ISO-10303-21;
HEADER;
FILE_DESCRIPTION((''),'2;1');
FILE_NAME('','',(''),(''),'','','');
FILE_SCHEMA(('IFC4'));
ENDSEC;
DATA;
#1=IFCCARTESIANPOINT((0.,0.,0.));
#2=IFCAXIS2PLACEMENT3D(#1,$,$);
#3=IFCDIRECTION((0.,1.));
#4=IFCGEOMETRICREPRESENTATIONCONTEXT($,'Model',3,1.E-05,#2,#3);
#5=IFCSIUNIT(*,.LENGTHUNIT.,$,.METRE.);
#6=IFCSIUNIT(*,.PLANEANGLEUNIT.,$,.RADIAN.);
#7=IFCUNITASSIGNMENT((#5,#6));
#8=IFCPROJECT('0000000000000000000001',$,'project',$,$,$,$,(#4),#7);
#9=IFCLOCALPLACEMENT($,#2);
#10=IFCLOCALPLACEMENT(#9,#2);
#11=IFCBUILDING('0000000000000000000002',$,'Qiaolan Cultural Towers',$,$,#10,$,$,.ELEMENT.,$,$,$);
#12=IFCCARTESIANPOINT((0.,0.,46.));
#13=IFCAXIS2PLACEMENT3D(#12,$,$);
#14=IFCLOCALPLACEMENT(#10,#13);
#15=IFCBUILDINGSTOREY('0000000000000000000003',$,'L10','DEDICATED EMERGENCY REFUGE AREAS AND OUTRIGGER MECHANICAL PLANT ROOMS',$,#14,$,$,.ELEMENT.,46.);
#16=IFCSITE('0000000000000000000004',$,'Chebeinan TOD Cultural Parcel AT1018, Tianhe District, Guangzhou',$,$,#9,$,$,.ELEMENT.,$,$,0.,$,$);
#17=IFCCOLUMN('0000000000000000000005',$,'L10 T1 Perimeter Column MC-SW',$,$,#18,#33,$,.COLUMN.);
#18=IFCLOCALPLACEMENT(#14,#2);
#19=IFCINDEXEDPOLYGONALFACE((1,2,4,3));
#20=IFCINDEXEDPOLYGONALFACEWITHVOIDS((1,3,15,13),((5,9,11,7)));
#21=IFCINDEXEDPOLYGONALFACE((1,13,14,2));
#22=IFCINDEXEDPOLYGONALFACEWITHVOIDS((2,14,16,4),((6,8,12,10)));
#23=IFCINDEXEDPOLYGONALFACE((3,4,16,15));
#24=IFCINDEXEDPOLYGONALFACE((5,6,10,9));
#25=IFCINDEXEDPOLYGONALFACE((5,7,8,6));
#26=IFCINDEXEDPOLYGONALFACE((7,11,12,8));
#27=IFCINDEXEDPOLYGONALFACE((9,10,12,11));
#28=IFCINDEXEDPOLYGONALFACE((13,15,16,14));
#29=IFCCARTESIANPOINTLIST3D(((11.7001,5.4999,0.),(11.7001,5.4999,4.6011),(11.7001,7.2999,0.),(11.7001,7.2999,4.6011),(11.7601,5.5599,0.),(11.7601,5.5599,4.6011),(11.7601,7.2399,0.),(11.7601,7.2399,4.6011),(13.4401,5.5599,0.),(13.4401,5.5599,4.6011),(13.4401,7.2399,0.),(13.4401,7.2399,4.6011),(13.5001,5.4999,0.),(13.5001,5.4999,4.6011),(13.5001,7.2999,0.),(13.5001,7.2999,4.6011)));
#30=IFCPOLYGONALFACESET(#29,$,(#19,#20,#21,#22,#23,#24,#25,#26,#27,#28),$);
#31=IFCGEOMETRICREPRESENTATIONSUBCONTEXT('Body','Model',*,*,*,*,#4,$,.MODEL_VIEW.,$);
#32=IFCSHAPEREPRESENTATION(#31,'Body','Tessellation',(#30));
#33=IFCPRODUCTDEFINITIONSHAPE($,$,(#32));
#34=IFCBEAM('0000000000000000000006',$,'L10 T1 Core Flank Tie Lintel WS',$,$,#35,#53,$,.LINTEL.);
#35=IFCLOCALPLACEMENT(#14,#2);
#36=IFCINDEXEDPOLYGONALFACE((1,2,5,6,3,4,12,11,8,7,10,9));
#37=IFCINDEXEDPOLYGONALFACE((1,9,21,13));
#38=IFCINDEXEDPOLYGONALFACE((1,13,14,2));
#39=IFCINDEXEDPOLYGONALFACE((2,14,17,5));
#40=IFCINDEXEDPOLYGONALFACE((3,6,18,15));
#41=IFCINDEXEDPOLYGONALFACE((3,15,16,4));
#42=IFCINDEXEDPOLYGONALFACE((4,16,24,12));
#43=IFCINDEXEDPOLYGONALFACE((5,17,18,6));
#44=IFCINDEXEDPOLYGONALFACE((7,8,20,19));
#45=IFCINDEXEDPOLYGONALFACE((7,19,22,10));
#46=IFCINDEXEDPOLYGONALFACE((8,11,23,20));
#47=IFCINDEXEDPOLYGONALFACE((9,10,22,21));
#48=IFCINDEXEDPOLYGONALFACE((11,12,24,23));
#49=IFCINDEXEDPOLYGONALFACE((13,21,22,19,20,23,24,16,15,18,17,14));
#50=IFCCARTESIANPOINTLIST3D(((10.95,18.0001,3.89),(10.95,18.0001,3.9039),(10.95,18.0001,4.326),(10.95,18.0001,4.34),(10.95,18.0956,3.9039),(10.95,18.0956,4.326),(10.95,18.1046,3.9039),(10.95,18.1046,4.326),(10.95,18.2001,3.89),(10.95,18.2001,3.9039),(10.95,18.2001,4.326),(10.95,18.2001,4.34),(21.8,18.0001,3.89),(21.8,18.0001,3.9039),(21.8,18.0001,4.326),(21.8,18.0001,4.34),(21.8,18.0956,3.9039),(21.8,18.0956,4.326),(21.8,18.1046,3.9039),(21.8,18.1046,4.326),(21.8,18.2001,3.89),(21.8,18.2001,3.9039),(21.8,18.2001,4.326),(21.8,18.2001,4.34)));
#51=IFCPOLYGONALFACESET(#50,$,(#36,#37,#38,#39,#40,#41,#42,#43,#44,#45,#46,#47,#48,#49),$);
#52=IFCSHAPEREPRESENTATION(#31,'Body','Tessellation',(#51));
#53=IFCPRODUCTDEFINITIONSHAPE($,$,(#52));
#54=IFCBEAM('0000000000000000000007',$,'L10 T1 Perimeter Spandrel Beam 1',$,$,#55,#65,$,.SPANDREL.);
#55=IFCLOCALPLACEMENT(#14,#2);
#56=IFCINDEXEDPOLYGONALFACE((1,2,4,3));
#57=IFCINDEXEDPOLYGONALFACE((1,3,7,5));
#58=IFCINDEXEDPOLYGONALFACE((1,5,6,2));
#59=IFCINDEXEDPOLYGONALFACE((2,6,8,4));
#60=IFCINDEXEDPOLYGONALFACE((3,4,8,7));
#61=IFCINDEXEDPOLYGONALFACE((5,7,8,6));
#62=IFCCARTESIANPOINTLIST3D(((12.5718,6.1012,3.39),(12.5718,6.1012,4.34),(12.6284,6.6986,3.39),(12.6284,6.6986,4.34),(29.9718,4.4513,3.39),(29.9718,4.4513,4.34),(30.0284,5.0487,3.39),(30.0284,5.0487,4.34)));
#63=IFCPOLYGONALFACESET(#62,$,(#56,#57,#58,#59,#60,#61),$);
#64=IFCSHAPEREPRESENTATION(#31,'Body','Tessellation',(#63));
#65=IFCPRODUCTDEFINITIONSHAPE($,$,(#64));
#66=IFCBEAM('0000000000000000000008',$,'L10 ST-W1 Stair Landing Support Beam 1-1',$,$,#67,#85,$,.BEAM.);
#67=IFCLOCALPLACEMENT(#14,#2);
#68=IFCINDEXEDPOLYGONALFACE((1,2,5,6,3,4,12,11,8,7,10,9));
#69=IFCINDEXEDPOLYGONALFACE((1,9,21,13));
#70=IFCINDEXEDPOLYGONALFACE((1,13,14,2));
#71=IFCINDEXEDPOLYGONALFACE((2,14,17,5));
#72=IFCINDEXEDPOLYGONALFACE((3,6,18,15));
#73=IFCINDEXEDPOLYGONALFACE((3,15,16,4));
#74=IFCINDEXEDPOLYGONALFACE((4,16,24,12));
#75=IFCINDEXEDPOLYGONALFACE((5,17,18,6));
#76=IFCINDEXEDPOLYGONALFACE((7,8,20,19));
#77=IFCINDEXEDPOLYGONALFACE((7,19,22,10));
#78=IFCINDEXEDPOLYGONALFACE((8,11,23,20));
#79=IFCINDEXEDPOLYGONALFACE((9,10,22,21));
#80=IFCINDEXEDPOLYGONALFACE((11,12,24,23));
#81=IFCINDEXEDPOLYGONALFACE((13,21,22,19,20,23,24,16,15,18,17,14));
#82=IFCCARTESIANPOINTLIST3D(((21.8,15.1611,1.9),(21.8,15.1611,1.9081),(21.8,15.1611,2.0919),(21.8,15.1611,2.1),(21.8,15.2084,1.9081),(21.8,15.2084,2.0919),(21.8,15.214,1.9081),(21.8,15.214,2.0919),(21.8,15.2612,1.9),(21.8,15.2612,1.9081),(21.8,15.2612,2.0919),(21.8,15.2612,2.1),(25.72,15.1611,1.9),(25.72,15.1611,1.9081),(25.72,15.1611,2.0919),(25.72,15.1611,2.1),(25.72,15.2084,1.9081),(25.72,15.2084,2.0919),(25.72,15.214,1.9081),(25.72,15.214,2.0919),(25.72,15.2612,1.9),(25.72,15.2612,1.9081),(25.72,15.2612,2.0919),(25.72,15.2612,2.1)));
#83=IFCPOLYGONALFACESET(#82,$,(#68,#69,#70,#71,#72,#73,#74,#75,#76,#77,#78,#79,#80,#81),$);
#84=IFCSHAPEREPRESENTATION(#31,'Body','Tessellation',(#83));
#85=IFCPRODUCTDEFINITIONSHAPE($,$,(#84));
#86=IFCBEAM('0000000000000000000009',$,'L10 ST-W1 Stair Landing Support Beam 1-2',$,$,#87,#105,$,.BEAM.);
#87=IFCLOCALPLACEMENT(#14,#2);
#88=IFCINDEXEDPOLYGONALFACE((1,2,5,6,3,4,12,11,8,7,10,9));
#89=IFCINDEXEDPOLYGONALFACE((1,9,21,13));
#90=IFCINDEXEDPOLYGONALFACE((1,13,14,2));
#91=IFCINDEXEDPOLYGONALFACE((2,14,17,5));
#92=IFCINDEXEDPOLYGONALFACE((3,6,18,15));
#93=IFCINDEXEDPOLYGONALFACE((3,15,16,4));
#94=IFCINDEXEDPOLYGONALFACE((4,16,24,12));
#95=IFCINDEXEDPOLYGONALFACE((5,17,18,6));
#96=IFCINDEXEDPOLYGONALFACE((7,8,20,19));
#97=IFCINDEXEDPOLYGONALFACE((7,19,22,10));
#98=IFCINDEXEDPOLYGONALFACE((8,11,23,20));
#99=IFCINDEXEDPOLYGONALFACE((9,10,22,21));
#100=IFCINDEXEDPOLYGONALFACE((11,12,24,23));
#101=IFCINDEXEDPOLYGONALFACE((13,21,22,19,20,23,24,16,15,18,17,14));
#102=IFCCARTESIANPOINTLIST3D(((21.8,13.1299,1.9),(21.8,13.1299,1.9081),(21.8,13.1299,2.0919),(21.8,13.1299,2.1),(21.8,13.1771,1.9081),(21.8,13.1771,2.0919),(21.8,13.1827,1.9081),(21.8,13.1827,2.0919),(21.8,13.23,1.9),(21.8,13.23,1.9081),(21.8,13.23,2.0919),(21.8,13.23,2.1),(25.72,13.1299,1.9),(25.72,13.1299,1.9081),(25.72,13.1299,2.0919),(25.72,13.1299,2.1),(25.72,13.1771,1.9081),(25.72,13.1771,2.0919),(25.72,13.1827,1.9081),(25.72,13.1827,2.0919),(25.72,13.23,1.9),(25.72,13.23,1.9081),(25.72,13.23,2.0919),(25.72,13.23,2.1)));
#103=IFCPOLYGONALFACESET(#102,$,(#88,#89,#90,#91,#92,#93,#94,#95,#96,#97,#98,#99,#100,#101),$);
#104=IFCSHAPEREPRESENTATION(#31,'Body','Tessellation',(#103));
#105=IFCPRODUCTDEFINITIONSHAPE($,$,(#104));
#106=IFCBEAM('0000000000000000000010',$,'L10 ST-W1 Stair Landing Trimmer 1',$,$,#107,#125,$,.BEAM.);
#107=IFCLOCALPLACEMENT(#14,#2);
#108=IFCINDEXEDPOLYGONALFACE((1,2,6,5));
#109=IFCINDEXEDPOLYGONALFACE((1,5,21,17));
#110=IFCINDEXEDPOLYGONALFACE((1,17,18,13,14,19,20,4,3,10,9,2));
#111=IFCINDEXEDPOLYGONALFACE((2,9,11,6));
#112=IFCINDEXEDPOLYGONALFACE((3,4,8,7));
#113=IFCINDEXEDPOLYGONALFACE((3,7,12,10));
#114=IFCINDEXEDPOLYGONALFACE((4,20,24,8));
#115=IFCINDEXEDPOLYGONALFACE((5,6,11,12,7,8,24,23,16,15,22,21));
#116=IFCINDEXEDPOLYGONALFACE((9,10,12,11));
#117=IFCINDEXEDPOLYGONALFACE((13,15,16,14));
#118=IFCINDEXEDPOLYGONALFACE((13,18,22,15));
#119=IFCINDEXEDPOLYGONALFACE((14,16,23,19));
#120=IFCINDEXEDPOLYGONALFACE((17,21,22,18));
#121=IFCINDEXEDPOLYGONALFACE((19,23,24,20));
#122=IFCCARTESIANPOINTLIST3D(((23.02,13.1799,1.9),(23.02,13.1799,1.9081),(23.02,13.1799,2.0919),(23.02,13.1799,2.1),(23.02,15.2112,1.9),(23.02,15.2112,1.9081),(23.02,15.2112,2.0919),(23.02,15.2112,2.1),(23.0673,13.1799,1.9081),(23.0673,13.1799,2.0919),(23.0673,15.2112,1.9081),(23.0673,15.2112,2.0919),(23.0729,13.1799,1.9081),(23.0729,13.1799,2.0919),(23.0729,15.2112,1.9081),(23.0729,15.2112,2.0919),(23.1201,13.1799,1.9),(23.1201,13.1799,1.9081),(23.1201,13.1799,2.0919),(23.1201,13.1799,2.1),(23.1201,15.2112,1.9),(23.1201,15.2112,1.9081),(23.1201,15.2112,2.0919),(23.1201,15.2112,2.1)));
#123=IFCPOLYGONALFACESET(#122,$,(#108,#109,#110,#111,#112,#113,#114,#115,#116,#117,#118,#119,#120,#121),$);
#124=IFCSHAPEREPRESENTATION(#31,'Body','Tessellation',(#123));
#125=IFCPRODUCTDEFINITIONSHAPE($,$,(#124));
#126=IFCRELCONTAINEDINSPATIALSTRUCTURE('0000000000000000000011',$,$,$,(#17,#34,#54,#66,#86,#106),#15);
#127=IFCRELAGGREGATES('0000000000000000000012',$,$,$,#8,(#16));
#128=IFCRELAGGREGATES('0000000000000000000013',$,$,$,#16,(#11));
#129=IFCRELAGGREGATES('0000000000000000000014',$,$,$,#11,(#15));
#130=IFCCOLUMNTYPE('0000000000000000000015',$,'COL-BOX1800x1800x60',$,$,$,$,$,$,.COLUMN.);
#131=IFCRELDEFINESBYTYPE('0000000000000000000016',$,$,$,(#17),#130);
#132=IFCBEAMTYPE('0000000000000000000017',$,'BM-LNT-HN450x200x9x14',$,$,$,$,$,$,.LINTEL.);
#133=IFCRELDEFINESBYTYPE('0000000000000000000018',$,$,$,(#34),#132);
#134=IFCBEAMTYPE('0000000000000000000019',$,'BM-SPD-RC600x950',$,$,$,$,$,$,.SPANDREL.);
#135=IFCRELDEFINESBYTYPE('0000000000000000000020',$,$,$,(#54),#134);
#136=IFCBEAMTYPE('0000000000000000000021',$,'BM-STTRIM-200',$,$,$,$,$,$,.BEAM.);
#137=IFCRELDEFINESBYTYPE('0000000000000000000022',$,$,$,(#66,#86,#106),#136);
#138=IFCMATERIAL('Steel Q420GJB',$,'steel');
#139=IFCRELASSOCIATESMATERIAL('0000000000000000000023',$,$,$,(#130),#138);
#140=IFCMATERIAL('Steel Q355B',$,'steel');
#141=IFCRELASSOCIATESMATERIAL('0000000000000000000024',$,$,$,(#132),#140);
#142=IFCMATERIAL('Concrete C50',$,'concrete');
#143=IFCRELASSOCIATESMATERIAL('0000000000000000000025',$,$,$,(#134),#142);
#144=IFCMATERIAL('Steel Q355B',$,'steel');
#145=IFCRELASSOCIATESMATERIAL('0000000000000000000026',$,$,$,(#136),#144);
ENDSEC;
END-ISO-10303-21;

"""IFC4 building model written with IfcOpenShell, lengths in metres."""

from ifc_helpers import new_model, si_unit, direction, frame, origin, origin_2d, place, context, subcontext, project, spatial, rectangle, hollow_rectangle, i_section, extrude, material, material_profile, profile_set, type_object, element, save


model = new_model("IFC4")

# Units and contexts
model_context = context("Model", 3, precision=1e-05, world=origin(), true_north=direction((0.0, 1.0)))
body_context = subcontext(model_context, "Body", "Model", "MODEL_VIEW")
ifc_project = project(units=[si_unit("LENGTHUNIT", "METRE"), si_unit("PLANEANGLEUNIT", "RADIAN")], contexts=[model_context])

# Site, building, storey
site_placement = place(None, origin())
site = spatial("IfcSite", under=ifc_project, at=site_placement, Name="Chebeinan TOD Cultural Parcel AT1018, Tianhe District, Guangzhou", CompositionType="ELEMENT", RefElevation=0.0)
building_placement = place(site_placement, origin())
building = spatial("IfcBuilding", under=site, at=building_placement, Name="Qiaolan Cultural Towers", CompositionType="ELEMENT")
storey_placement = place(building_placement, frame((0.0, 0.0, 46.0)))
storey = spatial("IfcBuildingStorey", under=building, at=storey_placement, Name="L10", Description="DEDICATED EMERGENCY REFUGE AREAS AND OUTRIGGER MECHANICAL PLANT ROOMS", CompositionType="ELEMENT", Elevation=46.0)

# Column
ifc_material_1 = material(Name="Steel Q420GJB", Category="steel")
ifc_material_profile_1 = material_profile(ifc_material_1, hollow_rectangle(XDim=1.8, YDim=1.8, WallThickness=0.0601, at=origin_2d()), Name="BOX1800x1800x60")
ifc_profile_set_1 = profile_set([ifc_material_profile_1], Name="Steel Q420GJB")
column_type = type_object("IfcColumnType", Name="COL-BOX1800x1800x60", PredefinedType="COLUMN", material=ifc_profile_set_1)
column_placement = place(storey_placement, frame((12.6001, 6.3999, 0.0), z_axis=(0.0, 0.0, 1.0), x_axis=(1.0, 0.0, 0.0)))
element("IfcColumn", 1, at=column_placement, inside=storey, type_object=column_type, Name="L10 T1 Perimeter Column MC-SW", PredefinedType="COLUMN", context=body_context, shape_type="SweptSolid", body=[
    extrude(hollow_rectangle(XDim=1.8, YDim=1.8, WallThickness=0.0601, at=origin_2d()), origin(), (0.0, 0.0, 1.0), 4.6011),
])

# Beams
ifc_material_2 = material(Name="Steel Q355B", Category="steel")
ifc_material_profile_2 = material_profile(ifc_material_2, i_section(OverallWidth=0.2, OverallDepth=0.45, WebThickness=0.009, FlangeThickness=0.0139, at=origin_2d()), Name="HN450x200x9x14")
ifc_profile_set_2 = profile_set([ifc_material_profile_2], Name="Steel Q355B")
beam_type_1 = type_object("IfcBeamType", Name="BM-LNT-HN450x200x9x14", PredefinedType="LINTEL", material=ifc_profile_set_2)
beam_1_placement = place(storey_placement, frame((21.8, 18.1001, 4.115), z_axis=(-1.0, 0.0, 0.0), x_axis=(0.0, -1.0, 0.0)))
element("IfcBeam", 2, at=beam_1_placement, inside=storey, type_object=beam_type_1, Name="L10 T1 Core Flank Tie Lintel WS", PredefinedType="LINTEL", context=body_context, shape_type="SweptSolid", body=[
    extrude(i_section(OverallWidth=0.2, OverallDepth=0.45, WebThickness=0.009, FlangeThickness=0.0139, at=origin_2d()), origin(), (0.0, 0.0, 1.0), 10.8501),
])
ifc_material_3 = material(Name="Concrete C50", Category="concrete")
ifc_material_profile_3 = material_profile(ifc_material_3, rectangle(XDim=0.6001, YDim=0.95, at=origin_2d()), Name="RC600x950")
ifc_profile_set_3 = profile_set([ifc_material_profile_3], Name="Concrete C50")
beam_type_2 = type_object("IfcBeamType", Name="BM-SPD-RC600x950", PredefinedType="SPANDREL", material=ifc_profile_set_3)
beam_2_placement = place(storey_placement, frame((12.6001, 6.3999, 3.865), z_axis=(0.995534, -0.094399, 0.0), x_axis=(0.094399, 0.995534, 0.0)))
element("IfcBeam", 3, at=beam_2_placement, inside=storey, type_object=beam_type_2, Name="L10 T1 Perimeter Spandrel Beam 1", PredefinedType="SPANDREL", context=body_context, shape_type="SweptSolid", body=[
    extrude(rectangle(XDim=0.6001, YDim=0.95, at=origin_2d()), origin(), (0.0, 0.0, 1.0), 17.478),
])
ifc_material_4 = material(Name="Steel Q355B", Category="steel")
ifc_material_profile_4 = material_profile(ifc_material_4, i_section(OverallWidth=0.1001, OverallDepth=0.2, WebThickness=0.0056, FlangeThickness=0.0081, at=origin_2d()), Name="HN200x100x5.5x8")
ifc_profile_set_4 = profile_set([ifc_material_profile_4], Name="Steel Q355B")
beam_type_3 = type_object("IfcBeamType", Name="BM-STTRIM-200", PredefinedType="BEAM", material=ifc_profile_set_4)
for number, where, z_axis, x_axis, name in (
    (4, (21.8, 15.2112, 2.0), (1.0, 0.0, 0.0), (0.0, 1.0, 0.0), "L10 ST-W1 Stair Landing Support Beam 1-1"),
    (5, (21.8, 13.1799, 2.0), (1.0, 0.0, 0.0), (0.0, 1.0, 0.0), "L10 ST-W1 Stair Landing Support Beam 1-2"),
):
    element("IfcBeam", number, at=place(storey_placement, frame(where, z_axis=z_axis, x_axis=x_axis)), inside=storey, type_object=beam_type_3, Name=name, PredefinedType="BEAM", context=body_context, shape_type="SweptSolid", body=[
        extrude(i_section(OverallWidth=0.1001, OverallDepth=0.2, WebThickness=0.0056, FlangeThickness=0.0081, at=origin_2d()), origin(), (0.0, 0.0, 1.0), 3.9199),
    ])
beam_3_placement = place(storey_placement, frame((23.0701, 15.2112, 2.0), z_axis=(0.0, -1.0, 0.0), x_axis=(1.0, 0.0, 0.0)))
element("IfcBeam", 6, at=beam_3_placement, inside=storey, type_object=beam_type_3, Name="L10 ST-W1 Stair Landing Trimmer 1", PredefinedType="BEAM", context=body_context, shape_type="SweptSolid", body=[
    extrude(i_section(OverallWidth=0.1001, OverallDepth=0.2, WebThickness=0.0056, FlangeThickness=0.0081, at=origin_2d()), origin(), (0.0, 0.0, 1.0), 2.0312),
])

save(model, "model.ifc")
